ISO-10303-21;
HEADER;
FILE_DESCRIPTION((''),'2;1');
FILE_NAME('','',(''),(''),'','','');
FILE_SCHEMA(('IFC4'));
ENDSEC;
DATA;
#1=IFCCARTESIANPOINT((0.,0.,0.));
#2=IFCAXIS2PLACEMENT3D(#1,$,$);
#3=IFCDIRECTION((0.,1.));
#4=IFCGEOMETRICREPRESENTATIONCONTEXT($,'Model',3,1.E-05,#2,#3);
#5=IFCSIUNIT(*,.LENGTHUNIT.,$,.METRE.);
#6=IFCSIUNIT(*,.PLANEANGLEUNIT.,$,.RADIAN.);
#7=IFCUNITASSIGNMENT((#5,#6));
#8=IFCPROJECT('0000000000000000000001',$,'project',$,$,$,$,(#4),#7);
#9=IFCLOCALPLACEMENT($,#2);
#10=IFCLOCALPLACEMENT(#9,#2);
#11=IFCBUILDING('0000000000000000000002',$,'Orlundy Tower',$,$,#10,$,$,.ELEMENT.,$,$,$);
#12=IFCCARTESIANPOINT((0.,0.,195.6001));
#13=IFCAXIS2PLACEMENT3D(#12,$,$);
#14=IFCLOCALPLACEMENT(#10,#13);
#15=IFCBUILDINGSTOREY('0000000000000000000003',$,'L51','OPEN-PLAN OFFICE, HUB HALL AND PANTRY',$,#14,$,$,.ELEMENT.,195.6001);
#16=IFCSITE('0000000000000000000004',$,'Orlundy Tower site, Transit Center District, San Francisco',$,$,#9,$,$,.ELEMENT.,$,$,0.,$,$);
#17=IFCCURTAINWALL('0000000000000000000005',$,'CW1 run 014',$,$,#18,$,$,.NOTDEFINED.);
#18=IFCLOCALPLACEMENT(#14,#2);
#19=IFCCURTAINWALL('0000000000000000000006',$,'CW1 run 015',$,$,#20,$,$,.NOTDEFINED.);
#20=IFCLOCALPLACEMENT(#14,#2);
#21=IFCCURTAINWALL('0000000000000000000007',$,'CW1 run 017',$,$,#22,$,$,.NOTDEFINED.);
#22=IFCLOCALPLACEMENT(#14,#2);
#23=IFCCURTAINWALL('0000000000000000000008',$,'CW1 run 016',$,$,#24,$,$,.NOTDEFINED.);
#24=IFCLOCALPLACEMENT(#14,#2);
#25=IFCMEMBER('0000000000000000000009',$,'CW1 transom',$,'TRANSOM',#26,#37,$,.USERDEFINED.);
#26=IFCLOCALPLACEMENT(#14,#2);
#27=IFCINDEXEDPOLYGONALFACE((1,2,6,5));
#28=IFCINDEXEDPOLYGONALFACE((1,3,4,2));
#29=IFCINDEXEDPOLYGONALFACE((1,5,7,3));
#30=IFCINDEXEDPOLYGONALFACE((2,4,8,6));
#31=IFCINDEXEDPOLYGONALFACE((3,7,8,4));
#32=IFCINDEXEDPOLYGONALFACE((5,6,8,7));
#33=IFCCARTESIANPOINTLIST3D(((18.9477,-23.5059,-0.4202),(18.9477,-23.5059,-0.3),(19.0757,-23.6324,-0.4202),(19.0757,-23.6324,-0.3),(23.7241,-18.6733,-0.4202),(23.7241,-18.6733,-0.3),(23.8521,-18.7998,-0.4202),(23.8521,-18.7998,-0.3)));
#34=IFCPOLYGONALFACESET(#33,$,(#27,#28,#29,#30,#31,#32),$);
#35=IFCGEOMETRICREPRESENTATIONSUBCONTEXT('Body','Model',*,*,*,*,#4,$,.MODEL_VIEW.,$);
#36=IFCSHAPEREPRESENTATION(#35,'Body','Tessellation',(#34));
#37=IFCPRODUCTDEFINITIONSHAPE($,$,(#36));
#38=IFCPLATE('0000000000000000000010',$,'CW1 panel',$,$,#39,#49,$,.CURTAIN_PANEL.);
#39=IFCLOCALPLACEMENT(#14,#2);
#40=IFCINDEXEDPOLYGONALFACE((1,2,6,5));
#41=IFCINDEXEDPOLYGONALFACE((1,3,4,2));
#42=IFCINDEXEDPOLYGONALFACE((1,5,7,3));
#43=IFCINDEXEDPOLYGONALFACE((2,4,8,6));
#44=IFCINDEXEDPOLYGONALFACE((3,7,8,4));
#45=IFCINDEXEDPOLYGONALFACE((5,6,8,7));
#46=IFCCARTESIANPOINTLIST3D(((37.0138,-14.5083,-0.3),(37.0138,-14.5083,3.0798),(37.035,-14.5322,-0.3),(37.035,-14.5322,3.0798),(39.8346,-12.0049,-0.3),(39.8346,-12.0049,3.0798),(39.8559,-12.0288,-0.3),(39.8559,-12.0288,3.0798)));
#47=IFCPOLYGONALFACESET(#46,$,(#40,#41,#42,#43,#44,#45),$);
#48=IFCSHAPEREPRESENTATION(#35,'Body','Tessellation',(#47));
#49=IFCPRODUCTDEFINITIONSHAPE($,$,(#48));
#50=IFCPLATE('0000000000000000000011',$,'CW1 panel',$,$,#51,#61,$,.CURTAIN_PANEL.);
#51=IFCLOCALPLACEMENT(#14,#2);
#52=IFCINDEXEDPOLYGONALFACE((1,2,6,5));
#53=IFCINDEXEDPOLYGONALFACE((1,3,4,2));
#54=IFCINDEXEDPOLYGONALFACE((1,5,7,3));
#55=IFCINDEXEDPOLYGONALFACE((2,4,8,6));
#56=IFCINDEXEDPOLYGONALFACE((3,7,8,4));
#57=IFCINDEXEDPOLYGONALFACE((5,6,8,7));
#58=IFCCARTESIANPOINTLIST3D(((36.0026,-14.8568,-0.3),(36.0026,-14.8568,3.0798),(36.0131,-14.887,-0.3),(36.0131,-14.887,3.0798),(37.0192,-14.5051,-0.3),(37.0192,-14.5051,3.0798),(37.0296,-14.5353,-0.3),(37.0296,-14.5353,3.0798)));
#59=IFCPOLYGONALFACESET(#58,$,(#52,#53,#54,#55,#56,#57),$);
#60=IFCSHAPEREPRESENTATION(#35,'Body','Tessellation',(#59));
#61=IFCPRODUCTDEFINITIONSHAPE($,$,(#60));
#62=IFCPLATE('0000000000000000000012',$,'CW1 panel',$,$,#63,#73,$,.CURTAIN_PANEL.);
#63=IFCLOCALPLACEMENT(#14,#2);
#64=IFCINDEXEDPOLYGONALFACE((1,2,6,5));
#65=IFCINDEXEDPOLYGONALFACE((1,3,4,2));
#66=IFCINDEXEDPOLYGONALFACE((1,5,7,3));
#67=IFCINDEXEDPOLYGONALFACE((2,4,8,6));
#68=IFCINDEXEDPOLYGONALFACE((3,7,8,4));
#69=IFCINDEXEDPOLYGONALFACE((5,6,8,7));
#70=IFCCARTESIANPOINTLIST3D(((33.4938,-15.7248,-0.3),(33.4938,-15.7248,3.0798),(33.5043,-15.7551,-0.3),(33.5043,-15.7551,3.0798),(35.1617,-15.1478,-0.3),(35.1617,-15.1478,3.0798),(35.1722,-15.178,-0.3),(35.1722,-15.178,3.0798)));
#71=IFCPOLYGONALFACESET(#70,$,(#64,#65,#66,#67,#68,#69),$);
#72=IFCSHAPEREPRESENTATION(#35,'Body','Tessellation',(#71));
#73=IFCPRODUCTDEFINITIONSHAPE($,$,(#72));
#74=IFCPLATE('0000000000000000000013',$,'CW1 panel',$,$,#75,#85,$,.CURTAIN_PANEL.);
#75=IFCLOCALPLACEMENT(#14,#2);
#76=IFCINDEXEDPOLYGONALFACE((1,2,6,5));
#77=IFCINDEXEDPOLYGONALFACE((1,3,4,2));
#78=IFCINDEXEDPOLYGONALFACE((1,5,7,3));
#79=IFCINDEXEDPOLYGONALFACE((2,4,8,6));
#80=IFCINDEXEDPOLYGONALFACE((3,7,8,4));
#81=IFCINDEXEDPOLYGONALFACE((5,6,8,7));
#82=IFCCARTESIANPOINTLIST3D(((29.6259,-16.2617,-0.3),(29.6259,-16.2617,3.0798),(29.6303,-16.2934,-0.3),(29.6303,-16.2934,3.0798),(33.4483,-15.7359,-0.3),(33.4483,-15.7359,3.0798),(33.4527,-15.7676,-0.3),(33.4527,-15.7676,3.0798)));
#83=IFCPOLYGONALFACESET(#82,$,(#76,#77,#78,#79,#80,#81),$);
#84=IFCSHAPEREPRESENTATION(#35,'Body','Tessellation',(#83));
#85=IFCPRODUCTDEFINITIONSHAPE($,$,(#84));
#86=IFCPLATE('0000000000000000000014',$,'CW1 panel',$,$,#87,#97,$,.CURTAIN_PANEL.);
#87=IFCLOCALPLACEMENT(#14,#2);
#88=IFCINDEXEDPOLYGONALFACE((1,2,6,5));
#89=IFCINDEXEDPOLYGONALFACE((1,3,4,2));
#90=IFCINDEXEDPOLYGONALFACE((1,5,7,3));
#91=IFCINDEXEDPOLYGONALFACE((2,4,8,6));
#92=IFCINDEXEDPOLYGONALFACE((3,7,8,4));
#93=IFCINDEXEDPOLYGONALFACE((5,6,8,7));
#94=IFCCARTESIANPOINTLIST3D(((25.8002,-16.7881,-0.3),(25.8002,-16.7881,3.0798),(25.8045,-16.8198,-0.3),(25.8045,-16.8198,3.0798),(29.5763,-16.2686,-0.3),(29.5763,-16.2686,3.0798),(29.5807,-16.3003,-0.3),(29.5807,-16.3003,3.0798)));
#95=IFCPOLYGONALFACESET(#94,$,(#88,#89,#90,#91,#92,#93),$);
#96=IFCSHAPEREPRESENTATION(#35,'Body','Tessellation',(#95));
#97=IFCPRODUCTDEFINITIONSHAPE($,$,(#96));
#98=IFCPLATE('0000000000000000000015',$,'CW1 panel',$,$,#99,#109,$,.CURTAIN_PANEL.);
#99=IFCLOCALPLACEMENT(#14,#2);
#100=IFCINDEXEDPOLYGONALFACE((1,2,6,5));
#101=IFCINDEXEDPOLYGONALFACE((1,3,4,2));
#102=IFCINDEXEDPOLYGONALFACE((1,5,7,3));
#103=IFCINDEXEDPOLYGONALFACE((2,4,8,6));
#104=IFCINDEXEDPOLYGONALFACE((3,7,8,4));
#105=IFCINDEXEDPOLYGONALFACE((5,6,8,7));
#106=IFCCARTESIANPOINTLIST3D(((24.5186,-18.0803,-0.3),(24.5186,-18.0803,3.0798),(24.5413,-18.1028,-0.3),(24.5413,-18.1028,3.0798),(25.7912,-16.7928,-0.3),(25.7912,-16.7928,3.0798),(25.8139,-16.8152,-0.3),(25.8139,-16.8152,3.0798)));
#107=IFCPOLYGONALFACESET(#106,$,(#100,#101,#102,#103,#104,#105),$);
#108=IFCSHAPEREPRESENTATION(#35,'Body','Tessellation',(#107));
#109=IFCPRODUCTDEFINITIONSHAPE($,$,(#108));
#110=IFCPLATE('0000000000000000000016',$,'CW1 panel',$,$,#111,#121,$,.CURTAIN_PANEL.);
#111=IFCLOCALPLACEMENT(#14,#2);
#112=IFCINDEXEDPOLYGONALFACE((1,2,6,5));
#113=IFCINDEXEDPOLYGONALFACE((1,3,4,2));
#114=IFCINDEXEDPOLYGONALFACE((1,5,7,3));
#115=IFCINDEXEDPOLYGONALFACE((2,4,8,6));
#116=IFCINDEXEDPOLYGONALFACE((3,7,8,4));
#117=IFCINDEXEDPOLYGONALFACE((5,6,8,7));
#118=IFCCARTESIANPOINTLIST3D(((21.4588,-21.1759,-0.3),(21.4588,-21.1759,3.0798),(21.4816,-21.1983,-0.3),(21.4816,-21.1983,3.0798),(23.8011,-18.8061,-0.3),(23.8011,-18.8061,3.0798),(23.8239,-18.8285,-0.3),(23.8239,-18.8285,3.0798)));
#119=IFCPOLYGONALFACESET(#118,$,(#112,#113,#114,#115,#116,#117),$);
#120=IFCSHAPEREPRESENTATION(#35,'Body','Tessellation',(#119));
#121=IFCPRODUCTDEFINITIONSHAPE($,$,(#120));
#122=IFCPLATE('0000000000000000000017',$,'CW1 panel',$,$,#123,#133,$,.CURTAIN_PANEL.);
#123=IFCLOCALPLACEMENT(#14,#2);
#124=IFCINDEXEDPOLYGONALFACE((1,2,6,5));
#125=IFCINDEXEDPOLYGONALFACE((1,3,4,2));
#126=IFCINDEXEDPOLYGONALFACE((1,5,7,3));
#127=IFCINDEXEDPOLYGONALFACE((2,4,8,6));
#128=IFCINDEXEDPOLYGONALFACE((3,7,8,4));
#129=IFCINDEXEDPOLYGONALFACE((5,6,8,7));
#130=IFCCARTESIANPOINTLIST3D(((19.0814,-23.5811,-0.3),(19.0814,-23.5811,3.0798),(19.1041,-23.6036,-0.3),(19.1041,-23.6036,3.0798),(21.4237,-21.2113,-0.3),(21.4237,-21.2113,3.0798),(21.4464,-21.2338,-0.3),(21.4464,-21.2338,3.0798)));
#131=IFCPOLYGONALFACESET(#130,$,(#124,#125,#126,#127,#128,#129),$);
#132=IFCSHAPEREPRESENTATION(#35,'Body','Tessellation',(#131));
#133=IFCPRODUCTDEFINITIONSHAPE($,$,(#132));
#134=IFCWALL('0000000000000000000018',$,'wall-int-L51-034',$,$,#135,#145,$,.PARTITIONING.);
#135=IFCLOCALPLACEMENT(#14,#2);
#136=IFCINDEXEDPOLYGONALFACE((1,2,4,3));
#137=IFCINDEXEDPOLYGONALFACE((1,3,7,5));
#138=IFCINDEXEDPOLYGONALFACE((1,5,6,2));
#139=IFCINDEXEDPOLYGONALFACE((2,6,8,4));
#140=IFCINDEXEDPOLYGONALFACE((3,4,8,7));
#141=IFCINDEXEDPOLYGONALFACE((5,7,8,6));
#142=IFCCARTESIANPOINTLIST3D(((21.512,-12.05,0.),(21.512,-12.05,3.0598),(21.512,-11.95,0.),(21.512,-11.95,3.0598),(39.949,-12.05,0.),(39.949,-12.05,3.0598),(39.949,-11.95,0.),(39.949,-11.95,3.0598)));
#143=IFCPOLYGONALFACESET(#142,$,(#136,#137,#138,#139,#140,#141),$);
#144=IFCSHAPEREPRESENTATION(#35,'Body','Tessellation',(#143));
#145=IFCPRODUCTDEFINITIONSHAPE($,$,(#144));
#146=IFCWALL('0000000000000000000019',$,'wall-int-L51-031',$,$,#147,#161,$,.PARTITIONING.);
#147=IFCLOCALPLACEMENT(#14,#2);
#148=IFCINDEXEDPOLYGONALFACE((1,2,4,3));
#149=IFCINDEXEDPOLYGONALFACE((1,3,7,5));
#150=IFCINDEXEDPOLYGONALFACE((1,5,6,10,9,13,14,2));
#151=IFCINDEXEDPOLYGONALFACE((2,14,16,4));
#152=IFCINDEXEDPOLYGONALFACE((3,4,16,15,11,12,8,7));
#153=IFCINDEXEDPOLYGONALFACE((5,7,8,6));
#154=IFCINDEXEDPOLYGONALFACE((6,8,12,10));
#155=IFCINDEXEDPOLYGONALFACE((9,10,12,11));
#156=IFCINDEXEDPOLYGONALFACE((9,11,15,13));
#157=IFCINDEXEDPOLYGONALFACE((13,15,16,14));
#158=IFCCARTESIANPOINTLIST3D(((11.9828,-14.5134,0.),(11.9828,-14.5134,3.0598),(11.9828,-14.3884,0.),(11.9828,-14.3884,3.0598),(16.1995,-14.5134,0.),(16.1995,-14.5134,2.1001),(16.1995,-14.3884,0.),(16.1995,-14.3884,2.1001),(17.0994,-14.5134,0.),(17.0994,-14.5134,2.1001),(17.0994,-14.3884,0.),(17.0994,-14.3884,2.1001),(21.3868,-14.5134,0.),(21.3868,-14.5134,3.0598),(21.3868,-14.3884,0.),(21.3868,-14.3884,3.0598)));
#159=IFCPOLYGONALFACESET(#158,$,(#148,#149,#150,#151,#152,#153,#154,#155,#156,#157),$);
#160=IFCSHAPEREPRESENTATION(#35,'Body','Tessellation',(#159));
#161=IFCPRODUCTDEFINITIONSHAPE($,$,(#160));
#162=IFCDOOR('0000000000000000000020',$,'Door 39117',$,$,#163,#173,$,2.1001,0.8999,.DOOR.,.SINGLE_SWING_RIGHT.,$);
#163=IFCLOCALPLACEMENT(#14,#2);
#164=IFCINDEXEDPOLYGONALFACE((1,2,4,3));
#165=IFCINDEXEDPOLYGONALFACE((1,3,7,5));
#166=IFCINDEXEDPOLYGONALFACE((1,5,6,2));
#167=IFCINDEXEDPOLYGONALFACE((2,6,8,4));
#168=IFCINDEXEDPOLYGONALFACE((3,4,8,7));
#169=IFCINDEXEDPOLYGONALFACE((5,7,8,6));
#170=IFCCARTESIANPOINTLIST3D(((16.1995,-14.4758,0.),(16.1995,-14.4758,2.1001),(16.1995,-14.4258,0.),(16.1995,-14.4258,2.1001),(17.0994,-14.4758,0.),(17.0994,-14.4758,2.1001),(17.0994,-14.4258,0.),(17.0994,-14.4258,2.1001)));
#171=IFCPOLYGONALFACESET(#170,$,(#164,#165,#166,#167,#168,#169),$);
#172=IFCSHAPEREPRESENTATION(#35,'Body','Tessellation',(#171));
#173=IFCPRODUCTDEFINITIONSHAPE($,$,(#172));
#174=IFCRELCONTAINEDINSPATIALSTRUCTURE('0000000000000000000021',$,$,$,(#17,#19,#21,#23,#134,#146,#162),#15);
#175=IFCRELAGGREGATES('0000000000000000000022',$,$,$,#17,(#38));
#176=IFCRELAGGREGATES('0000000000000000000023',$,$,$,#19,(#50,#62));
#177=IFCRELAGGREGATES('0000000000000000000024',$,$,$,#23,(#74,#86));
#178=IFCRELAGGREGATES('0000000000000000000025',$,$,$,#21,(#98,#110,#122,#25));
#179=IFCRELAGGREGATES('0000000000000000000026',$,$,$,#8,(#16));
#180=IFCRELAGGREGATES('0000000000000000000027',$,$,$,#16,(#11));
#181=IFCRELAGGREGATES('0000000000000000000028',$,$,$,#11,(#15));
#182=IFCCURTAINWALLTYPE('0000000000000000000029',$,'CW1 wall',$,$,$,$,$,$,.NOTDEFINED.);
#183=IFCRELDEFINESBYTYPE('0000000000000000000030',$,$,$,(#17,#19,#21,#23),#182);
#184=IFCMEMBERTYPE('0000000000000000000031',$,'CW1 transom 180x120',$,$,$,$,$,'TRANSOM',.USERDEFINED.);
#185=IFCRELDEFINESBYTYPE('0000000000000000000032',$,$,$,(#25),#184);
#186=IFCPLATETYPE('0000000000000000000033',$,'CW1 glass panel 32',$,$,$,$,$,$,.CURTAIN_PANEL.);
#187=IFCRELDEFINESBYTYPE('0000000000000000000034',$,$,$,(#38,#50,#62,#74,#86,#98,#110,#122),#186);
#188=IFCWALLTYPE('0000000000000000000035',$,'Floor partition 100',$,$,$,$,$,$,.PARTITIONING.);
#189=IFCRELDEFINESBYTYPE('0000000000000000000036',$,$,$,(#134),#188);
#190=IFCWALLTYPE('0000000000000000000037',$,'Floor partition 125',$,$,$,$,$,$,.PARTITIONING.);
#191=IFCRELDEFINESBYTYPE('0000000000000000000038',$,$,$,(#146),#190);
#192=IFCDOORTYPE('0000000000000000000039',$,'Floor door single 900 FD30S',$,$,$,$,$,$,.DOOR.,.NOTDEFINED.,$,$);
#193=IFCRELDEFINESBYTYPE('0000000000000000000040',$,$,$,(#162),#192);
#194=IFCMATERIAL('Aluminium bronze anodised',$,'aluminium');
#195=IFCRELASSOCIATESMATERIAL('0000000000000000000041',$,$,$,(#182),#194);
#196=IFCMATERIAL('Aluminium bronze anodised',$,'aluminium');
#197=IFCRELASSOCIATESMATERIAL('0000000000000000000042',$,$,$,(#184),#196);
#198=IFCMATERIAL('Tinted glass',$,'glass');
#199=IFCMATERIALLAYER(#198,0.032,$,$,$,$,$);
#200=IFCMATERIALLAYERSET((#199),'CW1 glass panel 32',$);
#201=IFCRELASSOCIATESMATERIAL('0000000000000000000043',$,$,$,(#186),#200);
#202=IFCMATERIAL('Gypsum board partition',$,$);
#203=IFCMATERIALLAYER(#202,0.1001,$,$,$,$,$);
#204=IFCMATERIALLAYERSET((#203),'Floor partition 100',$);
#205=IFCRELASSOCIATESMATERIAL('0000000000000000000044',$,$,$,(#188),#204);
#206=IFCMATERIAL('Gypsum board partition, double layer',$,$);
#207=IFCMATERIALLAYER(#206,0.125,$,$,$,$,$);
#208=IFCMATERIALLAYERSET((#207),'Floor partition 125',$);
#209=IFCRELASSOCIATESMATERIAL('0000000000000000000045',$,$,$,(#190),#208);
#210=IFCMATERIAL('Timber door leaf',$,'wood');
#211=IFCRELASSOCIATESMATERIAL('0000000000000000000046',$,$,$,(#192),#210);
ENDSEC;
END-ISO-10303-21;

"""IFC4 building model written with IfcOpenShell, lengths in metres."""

from ifc_helpers import new_model, si_unit, direction, frame, frame_2d, origin, origin_2d, place, context, subcontext, project, spatial, rectangle, extrude, material, layer, layer_set, material_profile, profile_set, type_object, element, fill, aggregate, save


model = new_model("IFC4")

# Units and contexts
model_context = context("Model", 3, precision=1e-05, world=origin(), true_north=direction((0.0, 1.0)))
body_context = subcontext(model_context, "Body", "Model", "MODEL_VIEW")
ifc_project = project(units=[si_unit("LENGTHUNIT", "METRE"), si_unit("PLANEANGLEUNIT", "RADIAN")], contexts=[model_context])

# Site, building, storey
site_placement = place(None, origin())
site = spatial("IfcSite", under=ifc_project, at=site_placement, Name="Orlundy Tower site, Transit Center District, San Francisco", CompositionType="ELEMENT", RefElevation=0.0)
building_placement = place(site_placement, origin())
building = spatial("IfcBuilding", under=site, at=building_placement, Name="Orlundy Tower", CompositionType="ELEMENT")
storey_placement = place(building_placement, frame((0.0, 0.0, 195.6001)))
storey = spatial("IfcBuildingStorey", under=building, at=storey_placement, Name="L51", Description="OPEN-PLAN OFFICE, HUB HALL AND PANTRY", CompositionType="ELEMENT", Elevation=195.6001)

# Curtain walls
ifc_material_1 = material(Name="Aluminium bronze anodised", Category="aluminium")
curtain_wall_type = type_object("IfcCurtainWallType", Name="CW1 wall", PredefinedType="NOTDEFINED", material=ifc_material_1)
curtain_wall_1_placement = place(storey_placement, origin())
curtain_wall_1 = element("IfcCurtainWall", 1, at=curtain_wall_1_placement, inside=storey, type_object=curtain_wall_type, Name="CW1 run 014", PredefinedType="NOTDEFINED")
curtain_wall_2_placement = place(storey_placement, origin())
curtain_wall_2 = element("IfcCurtainWall", 2, at=curtain_wall_2_placement, inside=storey, type_object=curtain_wall_type, Name="CW1 run 015", PredefinedType="NOTDEFINED")
curtain_wall_3_placement = place(storey_placement, origin())
curtain_wall_3 = element("IfcCurtainWall", 3, at=curtain_wall_3_placement, inside=storey, type_object=curtain_wall_type, Name="CW1 run 017", PredefinedType="NOTDEFINED")

# Curtain wall
curtain_wall_4_placement = place(storey_placement, origin())
curtain_wall_4 = element("IfcCurtainWall", 4, at=curtain_wall_4_placement, inside=storey, type_object=curtain_wall_type, Name="CW1 run 016", PredefinedType="NOTDEFINED")

# Member
ifc_material_2 = material(Name="Aluminium bronze anodised", Category="aluminium")
ifc_material_profile_1 = material_profile(ifc_material_2, rectangle(XDim=0.1799, YDim=0.1201, at=origin_2d()), Name="CW1 transom 180x120")
ifc_profile_set_1 = profile_set([ifc_material_profile_1], Name="Aluminium bronze anodised")
member_type_1 = type_object("IfcMemberType", Name="CW1 transom 180x120", ElementType="TRANSOM", PredefinedType="USERDEFINED", material=ifc_profile_set_1)
member_1_placement = place(storey_placement, frame((23.7881, -18.7366, -0.3601), z_axis=(-0.702963, -0.711227, 0.0), x_axis=(0.711227, -0.702963, 0.0)))
member_1 = element("IfcMember", 5, at=member_1_placement, type_object=member_type_1, Name="CW1 transom", ObjectType="TRANSOM", PredefinedType="USERDEFINED", context=body_context, shape_type="SweptSolid", body=[
    extrude(rectangle(XDim=0.1799, YDim=0.1201, at=origin_2d()), origin(), (0.0, 0.0, 1.0), 6.7947),
])

# Plates
ifc_material_3 = material(Name="Tinted glass", Category="glass")
ifc_layer_1 = layer(ifc_material_3, 0.032)
ifc_layer_set_1 = layer_set([ifc_layer_1], Name="CW1 glass panel 32")
plate_type = type_object("IfcPlateType", Name="CW1 glass panel 32", PredefinedType="CURTAIN_PANEL", material=ifc_layer_set_1)
plate_1_placement = place(storey_placement, frame((38.4348, -13.2686, -0.3), z_axis=(0.0, 0.0, 1.0), x_axis=(-0.747945, -0.663761, 0.0)))
plate_1 = element("IfcPlate", 6, at=plate_1_placement, type_object=plate_type, Name="CW1 panel", PredefinedType="CURTAIN_PANEL", context=body_context, shape_type="SweptSolid", body=[
    extrude(rectangle(XDim=3.7715, YDim=0.032, at=origin_2d()), origin(), (0.0, 0.0, 1.0), 3.3799),
])
aggregate(curtain_wall_1, [plate_1])
plate_2_placement = place(storey_placement, frame((36.5161, -14.696, -0.3), z_axis=(0.0, 0.0, 1.0), x_axis=(-0.945034, -0.326972, 0.0)))
plate_2 = element("IfcPlate", 7, at=plate_2_placement, type_object=plate_type, Name="CW1 panel", PredefinedType="CURTAIN_PANEL", context=body_context, shape_type="SweptSolid", body=[
    extrude(rectangle(XDim=1.0757, YDim=0.032, at=origin_2d()), origin(), (0.0, 0.0, 1.0), 3.3799),
])
plate_3_placement = place(storey_placement, frame((34.333, -15.4514, -0.3), z_axis=(0.0, 0.0, 1.0), x_axis=(-0.945034, -0.326972, 0.0)))
plate_3 = element("IfcPlate", 8, at=plate_3_placement, type_object=plate_type, Name="CW1 panel", PredefinedType="CURTAIN_PANEL", context=body_context, shape_type="SweptSolid", body=[
    extrude(rectangle(XDim=1.7649, YDim=0.032, at=origin_2d()), origin(), (0.0, 0.0, 1.0), 3.3799),
])
aggregate(curtain_wall_2, [plate_2, plate_3])
plate_4_placement = place(storey_placement, frame((31.5393, -16.0146, -0.3), z_axis=(0.0, 0.0, 1.0), x_axis=(-0.990668, -0.136294, 0.0)))
plate_4 = element("IfcPlate", 9, at=plate_4_placement, type_object=plate_type, Name="CW1 panel", PredefinedType="CURTAIN_PANEL", context=body_context, shape_type="SweptSolid", body=[
    extrude(rectangle(XDim=3.8584, YDim=0.032, at=origin_2d()), origin(), (0.0, 0.0, 1.0), 3.3799),
])
plate_5_placement = place(storey_placement, frame((27.6904, -16.5442, -0.3), z_axis=(0.0, 0.0, 1.0), x_axis=(-0.990668, -0.136294, 0.0)))
plate_5 = element("IfcPlate", 10, at=plate_5_placement, type_object=plate_type, Name="CW1 panel", PredefinedType="CURTAIN_PANEL", context=body_context, shape_type="SweptSolid", body=[
    extrude(rectangle(XDim=3.8118, YDim=0.032, at=origin_2d()), origin(), (0.0, 0.0, 1.0), 3.3799),
])
aggregate(curtain_wall_4, [plate_4, plate_5])
plate_6_placement = place(storey_placement, frame((25.1663, -17.4478, -0.3), z_axis=(0.0, 0.0, 1.0), x_axis=(-0.70297, -0.711219, 0.0)))
plate_6 = element("IfcPlate", 11, at=plate_6_placement, type_object=plate_type, Name="CW1 panel", PredefinedType="CURTAIN_PANEL", context=body_context, shape_type="SweptSolid", body=[
    extrude(rectangle(XDim=1.8103, YDim=0.032, at=origin_2d()), origin(), (0.0, 0.0, 1.0), 3.3799),
])
plate_7_placement = place(storey_placement, frame((22.6414, -20.0022, -0.3), z_axis=(0.0, 0.0, 1.0), x_axis=(-0.70297, -0.711219, 0.0)))
plate_7 = element("IfcPlate", 12, at=plate_7_placement, type_object=plate_type, Name="CW1 panel", PredefinedType="CURTAIN_PANEL", context=body_context, shape_type="SweptSolid", body=[
    extrude(rectangle(XDim=3.332, YDim=0.032, at=origin_2d()), origin(), (0.0, 0.0, 1.0), 3.3799),
])
plate_8_placement = place(storey_placement, frame((20.2639, -22.4075, -0.3), z_axis=(0.0, 0.0, 1.0), x_axis=(-0.70297, -0.711219, 0.0)))
plate_8 = element("IfcPlate", 13, at=plate_8_placement, type_object=plate_type, Name="CW1 panel", PredefinedType="CURTAIN_PANEL", context=body_context, shape_type="SweptSolid", body=[
    extrude(rectangle(XDim=3.332, YDim=0.032, at=origin_2d()), origin(), (0.0, 0.0, 1.0), 3.3799),
])
aggregate(curtain_wall_3, [plate_6, plate_7, plate_8, member_1])

# Wall
ifc_material_4 = material(Name="Gypsum board partition")
ifc_layer_2 = layer(ifc_material_4, 0.1001)
ifc_layer_set_2 = layer_set([ifc_layer_2], Name="Floor partition 100")
wall_type_1 = type_object("IfcWallType", Name="Floor partition 100", PredefinedType="PARTITIONING", material=ifc_layer_set_2)
wall_1_placement = place(storey_placement, frame((21.512, -12.0, 0.0), z_axis=(0.0, 0.0, 1.0), x_axis=(1.0, 0.0, 0.0)))
element("IfcWall", 14, at=wall_1_placement, inside=storey, type_object=wall_type_1, Name="wall-int-L51-034", PredefinedType="PARTITIONING", context=body_context, shape_type="SweptSolid", body=[
    extrude(rectangle(XDim=18.437, YDim=0.1001, at=frame_2d((9.2185, 0.0))), origin(), (0.0, 0.0, 1.0), 3.0598),
])

# Wall, opening, door
ifc_material_5 = material(Name="Gypsum board partition, double layer")
ifc_layer_3 = layer(ifc_material_5, 0.125)
ifc_layer_set_3 = layer_set([ifc_layer_3], Name="Floor partition 125")
wall_type_2 = type_object("IfcWallType", Name="Floor partition 125", PredefinedType="PARTITIONING", material=ifc_layer_set_3)
wall_2_placement = place(storey_placement, frame((21.387, -14.4509, 0.0), z_axis=(0.0, 0.0, 1.0), x_axis=(-1.0, 0.0, 0.0)))
wall_2 = element("IfcWall", 15, at=wall_2_placement, inside=storey, type_object=wall_type_2, Name="wall-int-L51-031", PredefinedType="PARTITIONING", context=body_context, shape_type="SweptSolid", body=[
    extrude(rectangle(XDim=9.4041, YDim=0.125, at=frame_2d((4.7021, 0.0))), origin(), (0.0, 0.0, 1.0), 3.0598),
])
opening_placement = place(wall_2_placement, frame((4.2876, 0.0, 0.0)))
opening = element("IfcOpeningElement", 16, at=opening_placement, cuts=wall_2, PredefinedType="OPENING", context=body_context, shape_type="SweptSolid", body=[
    extrude(rectangle(XDim=0.8999, YDim=2.1001, at=frame_2d((0.45, 1.05))), frame((0.0, 0.0725, 0.0), z_axis=(0.0, -1.0, 0.0), x_axis=(1.0, 0.0, 0.0)), (0.0, 0.0, 1.0), 0.145),
])
ifc_material_6 = material(Name="Timber door leaf", Category="wood")
door_type = type_object("IfcDoorType", Name="Floor door single 900 FD30S", OperationType="NOTDEFINED", PredefinedType="DOOR", material=ifc_material_6)
door_placement = place(opening_placement, origin())
door = element("IfcDoor", 17, at=door_placement, inside=storey, type_object=door_type, Name="Door 39117", OperationType="SINGLE_SWING_RIGHT", OverallHeight=2.1001, OverallWidth=0.8999, PredefinedType="DOOR", context=body_context, shape_type="SweptSolid", body=[
    extrude(rectangle(XDim=0.8999, YDim=2.1001, at=frame_2d((0.45, 1.05))), frame((0.0, 0.0249, 0.0), z_axis=(0.0, -1.0, 0.0), x_axis=(1.0, 0.0, 0.0)), (0.0, 0.0, 1.0), 0.05),
])
fill(opening, door)

save(model, "model.ifc")
